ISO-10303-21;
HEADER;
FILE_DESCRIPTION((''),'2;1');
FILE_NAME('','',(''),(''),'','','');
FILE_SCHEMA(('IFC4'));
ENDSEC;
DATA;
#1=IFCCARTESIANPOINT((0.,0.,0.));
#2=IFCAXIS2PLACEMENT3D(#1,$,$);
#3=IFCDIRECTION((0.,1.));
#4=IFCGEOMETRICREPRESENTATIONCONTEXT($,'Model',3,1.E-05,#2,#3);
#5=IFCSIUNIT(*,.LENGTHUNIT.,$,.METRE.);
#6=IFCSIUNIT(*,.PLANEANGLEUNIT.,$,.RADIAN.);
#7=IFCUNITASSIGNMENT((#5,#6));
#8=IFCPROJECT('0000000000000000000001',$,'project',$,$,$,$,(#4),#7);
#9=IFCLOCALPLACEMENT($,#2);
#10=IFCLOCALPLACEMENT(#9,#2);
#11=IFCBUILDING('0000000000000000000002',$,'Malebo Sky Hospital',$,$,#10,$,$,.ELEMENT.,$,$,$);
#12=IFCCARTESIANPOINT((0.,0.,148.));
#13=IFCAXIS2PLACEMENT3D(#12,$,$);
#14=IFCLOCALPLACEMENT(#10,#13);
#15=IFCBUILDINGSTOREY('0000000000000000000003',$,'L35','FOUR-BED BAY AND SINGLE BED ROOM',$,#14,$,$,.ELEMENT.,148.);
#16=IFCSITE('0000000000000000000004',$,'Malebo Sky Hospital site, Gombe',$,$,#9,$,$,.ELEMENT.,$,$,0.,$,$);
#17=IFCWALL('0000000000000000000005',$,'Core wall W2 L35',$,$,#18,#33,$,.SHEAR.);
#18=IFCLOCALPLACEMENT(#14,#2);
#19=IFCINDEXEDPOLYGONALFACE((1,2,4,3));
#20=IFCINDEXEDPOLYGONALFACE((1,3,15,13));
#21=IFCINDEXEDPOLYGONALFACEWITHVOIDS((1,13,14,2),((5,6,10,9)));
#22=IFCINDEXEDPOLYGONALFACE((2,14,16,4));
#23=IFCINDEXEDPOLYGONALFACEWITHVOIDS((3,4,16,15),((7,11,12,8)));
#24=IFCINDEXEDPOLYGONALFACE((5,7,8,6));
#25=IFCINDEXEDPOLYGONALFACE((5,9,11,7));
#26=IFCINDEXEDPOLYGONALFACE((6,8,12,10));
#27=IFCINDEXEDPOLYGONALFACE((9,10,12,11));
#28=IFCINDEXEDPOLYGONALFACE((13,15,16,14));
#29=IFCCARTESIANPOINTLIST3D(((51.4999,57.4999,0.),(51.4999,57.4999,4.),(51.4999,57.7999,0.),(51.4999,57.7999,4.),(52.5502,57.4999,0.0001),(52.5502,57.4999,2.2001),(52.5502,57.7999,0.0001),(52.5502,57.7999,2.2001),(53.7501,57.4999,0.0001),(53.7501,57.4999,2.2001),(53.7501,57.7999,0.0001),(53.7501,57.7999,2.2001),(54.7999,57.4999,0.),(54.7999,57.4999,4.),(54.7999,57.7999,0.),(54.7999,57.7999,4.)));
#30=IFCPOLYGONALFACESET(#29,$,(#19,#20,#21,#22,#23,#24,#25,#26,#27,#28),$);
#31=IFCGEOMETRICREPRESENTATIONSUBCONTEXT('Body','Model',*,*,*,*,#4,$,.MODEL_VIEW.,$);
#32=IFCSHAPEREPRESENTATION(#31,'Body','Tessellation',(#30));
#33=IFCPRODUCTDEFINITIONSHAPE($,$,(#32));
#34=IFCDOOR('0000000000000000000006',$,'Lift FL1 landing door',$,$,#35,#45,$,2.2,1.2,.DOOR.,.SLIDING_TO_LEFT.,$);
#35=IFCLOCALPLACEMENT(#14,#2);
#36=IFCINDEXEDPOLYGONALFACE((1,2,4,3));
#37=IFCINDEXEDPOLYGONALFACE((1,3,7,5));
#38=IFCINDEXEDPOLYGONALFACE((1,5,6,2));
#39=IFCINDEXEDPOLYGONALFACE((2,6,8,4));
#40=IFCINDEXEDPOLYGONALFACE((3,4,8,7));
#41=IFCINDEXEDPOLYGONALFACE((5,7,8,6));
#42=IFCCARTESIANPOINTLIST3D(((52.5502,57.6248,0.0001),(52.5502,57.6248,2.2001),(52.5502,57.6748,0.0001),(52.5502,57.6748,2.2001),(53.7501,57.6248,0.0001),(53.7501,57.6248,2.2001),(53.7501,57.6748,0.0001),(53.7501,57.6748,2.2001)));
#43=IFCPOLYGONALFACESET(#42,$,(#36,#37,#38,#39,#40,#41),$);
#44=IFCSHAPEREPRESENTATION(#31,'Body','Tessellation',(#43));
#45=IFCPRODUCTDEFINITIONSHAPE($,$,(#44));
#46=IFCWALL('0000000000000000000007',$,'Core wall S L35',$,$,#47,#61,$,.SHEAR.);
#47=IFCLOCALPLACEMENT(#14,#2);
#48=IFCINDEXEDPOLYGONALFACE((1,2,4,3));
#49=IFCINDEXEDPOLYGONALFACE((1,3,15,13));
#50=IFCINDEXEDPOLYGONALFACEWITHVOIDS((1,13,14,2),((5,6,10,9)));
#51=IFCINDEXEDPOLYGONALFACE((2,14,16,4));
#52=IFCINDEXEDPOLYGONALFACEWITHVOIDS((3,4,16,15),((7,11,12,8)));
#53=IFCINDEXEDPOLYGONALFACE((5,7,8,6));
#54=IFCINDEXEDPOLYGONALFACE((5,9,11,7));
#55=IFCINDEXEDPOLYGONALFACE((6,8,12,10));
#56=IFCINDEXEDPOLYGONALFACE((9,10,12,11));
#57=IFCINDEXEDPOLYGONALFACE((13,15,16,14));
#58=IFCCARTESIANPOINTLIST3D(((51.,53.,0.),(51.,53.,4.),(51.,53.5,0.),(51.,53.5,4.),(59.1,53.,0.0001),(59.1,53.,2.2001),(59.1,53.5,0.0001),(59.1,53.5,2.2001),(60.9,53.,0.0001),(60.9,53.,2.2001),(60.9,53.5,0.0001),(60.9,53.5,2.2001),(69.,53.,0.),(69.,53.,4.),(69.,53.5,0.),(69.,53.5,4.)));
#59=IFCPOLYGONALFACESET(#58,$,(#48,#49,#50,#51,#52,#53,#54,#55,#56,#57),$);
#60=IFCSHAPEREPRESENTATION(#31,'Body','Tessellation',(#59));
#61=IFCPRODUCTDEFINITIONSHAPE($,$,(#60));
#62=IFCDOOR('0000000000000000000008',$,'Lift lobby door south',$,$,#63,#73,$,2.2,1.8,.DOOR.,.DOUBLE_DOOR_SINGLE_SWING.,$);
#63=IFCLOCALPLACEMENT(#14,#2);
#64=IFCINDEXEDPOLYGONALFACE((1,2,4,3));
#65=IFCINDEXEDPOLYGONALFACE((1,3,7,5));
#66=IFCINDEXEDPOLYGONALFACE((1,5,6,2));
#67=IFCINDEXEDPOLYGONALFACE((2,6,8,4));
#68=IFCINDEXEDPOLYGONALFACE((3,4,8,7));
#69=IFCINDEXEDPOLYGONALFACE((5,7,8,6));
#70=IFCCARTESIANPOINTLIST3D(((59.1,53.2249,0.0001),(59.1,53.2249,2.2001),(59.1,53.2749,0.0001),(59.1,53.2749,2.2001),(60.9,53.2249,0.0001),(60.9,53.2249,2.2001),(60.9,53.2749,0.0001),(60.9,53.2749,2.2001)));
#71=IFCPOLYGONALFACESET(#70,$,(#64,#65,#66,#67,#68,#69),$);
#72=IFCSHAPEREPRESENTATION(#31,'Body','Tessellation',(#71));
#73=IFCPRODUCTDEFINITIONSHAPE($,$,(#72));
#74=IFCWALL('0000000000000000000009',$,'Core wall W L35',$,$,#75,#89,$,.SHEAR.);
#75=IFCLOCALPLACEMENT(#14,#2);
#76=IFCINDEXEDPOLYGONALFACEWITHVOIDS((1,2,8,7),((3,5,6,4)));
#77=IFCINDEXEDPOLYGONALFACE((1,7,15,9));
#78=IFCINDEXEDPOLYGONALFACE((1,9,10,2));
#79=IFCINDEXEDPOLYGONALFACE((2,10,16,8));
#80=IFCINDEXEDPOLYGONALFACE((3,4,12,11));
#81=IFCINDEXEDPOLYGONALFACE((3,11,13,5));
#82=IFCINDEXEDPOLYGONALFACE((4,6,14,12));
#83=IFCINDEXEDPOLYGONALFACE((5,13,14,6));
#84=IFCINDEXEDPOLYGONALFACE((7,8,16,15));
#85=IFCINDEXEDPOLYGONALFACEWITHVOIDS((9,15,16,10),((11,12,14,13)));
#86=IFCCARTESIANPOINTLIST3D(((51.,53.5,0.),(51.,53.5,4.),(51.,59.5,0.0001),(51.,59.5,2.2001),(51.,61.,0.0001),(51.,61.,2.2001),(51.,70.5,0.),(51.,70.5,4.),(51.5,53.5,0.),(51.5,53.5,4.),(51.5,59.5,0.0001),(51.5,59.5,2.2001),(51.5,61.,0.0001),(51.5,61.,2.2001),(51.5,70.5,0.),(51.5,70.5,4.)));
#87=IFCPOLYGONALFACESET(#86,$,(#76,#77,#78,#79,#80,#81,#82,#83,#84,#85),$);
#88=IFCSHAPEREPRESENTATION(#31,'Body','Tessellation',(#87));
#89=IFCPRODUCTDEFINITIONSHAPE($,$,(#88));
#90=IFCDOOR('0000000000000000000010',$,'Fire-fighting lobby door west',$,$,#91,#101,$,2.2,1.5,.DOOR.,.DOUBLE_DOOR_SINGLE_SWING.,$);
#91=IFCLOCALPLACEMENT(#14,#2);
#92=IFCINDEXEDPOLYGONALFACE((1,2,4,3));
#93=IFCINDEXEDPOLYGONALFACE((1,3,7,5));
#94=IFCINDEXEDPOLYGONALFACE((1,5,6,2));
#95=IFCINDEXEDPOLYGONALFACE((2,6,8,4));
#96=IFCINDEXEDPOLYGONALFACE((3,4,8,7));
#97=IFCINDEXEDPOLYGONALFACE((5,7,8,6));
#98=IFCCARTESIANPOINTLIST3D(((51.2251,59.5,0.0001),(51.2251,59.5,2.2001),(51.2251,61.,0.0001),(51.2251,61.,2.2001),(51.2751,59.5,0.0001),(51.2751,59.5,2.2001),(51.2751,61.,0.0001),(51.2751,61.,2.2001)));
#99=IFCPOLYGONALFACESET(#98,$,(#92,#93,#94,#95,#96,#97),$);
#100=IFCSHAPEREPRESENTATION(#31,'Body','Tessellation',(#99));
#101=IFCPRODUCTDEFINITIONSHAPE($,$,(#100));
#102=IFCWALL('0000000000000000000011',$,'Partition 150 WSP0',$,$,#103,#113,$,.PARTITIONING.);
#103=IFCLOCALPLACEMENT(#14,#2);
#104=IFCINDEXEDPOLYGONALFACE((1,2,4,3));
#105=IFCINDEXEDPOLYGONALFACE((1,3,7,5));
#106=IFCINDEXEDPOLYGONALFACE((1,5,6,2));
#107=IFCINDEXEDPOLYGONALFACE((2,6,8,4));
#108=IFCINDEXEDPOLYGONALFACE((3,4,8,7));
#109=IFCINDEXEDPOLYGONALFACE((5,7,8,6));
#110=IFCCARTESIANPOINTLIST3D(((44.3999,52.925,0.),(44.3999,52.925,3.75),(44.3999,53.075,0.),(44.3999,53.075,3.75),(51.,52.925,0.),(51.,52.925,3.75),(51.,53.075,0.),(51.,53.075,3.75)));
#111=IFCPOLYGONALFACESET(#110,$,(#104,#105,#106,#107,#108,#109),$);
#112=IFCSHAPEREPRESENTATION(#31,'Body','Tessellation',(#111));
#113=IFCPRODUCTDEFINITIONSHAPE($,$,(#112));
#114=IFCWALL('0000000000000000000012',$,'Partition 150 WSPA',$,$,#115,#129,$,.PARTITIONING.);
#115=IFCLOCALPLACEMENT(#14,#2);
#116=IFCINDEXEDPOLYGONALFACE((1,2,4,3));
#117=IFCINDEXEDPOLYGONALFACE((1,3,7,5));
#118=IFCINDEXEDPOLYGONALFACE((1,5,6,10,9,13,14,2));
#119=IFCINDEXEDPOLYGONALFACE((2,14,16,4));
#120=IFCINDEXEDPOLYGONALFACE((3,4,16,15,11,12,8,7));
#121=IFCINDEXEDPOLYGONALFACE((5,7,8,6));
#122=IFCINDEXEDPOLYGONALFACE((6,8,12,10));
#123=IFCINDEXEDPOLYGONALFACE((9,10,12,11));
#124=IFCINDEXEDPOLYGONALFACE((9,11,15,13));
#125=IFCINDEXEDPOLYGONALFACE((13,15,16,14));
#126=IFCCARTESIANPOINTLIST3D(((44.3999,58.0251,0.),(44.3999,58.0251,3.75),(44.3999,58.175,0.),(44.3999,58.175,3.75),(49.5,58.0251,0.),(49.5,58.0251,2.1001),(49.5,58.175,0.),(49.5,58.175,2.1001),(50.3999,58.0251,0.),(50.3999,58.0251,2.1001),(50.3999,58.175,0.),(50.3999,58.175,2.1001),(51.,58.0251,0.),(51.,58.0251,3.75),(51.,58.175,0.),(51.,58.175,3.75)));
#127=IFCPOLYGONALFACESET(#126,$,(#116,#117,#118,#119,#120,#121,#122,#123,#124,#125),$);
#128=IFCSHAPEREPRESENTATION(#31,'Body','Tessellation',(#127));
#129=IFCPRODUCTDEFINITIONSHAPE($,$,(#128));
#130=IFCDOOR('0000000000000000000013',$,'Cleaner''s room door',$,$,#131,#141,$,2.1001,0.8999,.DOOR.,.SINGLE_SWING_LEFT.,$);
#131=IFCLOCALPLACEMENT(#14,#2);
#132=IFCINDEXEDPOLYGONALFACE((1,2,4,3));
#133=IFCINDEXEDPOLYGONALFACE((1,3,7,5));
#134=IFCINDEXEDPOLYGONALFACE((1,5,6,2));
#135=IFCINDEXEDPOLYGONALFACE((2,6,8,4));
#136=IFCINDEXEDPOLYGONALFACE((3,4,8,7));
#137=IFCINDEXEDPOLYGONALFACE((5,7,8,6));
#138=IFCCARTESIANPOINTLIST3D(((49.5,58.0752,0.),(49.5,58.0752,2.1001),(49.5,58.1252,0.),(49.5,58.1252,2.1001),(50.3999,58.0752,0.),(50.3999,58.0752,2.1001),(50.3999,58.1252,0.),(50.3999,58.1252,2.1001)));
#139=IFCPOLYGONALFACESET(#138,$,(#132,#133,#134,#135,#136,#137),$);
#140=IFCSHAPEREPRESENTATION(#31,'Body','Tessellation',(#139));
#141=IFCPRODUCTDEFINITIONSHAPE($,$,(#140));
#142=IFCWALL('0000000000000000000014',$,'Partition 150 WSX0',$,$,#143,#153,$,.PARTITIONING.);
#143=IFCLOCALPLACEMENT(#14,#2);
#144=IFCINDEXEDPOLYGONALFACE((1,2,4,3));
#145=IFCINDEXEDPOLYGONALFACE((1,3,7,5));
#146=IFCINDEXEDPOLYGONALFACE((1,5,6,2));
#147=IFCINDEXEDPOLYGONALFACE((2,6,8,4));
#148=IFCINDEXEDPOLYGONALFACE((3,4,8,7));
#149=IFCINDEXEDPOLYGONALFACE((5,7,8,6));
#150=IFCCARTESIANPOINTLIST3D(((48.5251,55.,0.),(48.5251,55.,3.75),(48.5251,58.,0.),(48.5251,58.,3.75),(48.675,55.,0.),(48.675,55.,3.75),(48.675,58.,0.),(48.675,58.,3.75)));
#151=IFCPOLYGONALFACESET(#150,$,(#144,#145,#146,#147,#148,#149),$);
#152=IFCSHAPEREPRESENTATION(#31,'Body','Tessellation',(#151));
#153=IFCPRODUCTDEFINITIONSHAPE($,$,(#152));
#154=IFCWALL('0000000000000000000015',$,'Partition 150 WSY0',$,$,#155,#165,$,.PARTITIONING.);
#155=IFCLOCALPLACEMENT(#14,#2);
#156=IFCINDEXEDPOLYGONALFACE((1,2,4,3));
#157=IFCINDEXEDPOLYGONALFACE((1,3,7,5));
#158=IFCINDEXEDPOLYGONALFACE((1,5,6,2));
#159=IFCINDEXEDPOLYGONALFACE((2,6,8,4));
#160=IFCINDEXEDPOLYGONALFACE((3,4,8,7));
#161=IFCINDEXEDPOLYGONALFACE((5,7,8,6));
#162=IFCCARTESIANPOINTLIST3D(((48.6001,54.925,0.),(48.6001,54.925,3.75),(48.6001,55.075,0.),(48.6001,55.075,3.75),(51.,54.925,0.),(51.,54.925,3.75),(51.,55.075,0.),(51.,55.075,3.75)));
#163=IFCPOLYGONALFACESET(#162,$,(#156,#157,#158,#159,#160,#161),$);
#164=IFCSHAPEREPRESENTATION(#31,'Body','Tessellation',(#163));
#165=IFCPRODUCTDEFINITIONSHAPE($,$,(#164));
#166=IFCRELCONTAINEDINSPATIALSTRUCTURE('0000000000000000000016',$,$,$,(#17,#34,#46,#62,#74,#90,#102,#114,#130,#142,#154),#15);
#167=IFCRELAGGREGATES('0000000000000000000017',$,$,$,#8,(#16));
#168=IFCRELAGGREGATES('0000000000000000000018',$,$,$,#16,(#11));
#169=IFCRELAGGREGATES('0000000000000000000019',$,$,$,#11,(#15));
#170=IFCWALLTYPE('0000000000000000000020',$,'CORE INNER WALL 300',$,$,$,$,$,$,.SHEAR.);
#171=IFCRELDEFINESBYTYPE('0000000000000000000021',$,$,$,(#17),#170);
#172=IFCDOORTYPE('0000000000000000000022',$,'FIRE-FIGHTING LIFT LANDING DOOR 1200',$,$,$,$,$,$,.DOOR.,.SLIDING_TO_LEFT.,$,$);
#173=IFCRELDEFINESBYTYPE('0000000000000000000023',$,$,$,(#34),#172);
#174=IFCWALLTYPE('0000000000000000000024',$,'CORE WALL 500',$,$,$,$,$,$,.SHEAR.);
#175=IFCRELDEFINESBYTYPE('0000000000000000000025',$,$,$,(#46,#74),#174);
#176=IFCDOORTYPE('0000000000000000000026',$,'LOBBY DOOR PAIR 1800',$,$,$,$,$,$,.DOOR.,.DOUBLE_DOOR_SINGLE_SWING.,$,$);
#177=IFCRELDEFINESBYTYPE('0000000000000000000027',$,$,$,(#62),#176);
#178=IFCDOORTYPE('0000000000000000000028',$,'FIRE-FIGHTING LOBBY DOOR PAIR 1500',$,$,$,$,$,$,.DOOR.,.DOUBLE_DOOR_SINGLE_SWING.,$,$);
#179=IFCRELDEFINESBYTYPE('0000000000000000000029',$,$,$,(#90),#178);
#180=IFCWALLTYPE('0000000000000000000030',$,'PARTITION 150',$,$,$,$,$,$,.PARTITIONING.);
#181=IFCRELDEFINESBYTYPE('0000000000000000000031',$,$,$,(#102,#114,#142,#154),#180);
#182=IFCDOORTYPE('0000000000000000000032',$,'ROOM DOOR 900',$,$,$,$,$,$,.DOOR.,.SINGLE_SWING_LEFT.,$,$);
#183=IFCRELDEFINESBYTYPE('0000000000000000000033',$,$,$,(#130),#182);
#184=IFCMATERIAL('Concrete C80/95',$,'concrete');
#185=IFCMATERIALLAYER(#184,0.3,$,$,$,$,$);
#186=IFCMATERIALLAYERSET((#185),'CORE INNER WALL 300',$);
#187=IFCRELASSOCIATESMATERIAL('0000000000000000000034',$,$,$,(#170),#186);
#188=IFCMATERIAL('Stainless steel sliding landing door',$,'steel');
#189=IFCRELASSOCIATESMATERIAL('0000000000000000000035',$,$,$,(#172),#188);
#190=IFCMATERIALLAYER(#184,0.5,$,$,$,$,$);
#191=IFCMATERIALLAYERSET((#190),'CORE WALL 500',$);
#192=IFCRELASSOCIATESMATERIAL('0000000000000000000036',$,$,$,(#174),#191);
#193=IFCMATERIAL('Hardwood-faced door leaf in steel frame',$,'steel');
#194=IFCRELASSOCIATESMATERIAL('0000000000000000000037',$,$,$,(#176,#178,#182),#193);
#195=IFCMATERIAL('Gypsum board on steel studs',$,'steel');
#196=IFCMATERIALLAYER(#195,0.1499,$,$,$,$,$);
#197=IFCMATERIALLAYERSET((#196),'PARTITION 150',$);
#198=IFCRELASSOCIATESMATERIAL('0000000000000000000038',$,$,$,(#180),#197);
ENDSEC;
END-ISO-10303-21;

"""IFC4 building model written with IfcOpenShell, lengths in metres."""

from ifc_helpers import new_model, si_unit, direction, frame, frame_2d, origin, place, context, subcontext, project, spatial, rectangle, extrude, material, layer, layer_set, type_object, element, fill, save


model = new_model("IFC4")

# Units and contexts
model_context = context("Model", 3, precision=1e-05, world=origin(), true_north=direction((0.0, 1.0)))
body_context = subcontext(model_context, "Body", "Model", "MODEL_VIEW")
ifc_project = project(units=[si_unit("LENGTHUNIT", "METRE"), si_unit("PLANEANGLEUNIT", "RADIAN")], contexts=[model_context])

# Site, building, storey
site_placement = place(None, origin())
site = spatial("IfcSite", under=ifc_project, at=site_placement, Name="Malebo Sky Hospital site, Gombe", CompositionType="ELEMENT", RefElevation=0.0)
building_placement = place(site_placement, origin())
building = spatial("IfcBuilding", under=site, at=building_placement, Name="Malebo Sky Hospital", CompositionType="ELEMENT")
storey_placement = place(building_placement, frame((0.0, 0.0, 148.0)))
storey = spatial("IfcBuildingStorey", under=building, at=storey_placement, Name="L35", Description="FOUR-BED BAY AND SINGLE BED ROOM", CompositionType="ELEMENT", Elevation=148.0)

# Shared definitions
ifc_material_1 = material(Name="Concrete C80/95", Category="concrete")
ifc_layer_1 = layer(ifc_material_1, 0.3)
ifc_layer_set_1 = layer_set([ifc_layer_1], Name="CORE INNER WALL 300")
wall_type_1 = type_object("IfcWallType", Name="CORE INNER WALL 300", PredefinedType="SHEAR", material=ifc_layer_set_1)

# Walls, openings, doors
wall_1_placement = place(storey_placement, frame((51.5, 57.6499, 0.0), z_axis=(0.0, 0.0, 1.0), x_axis=(1.0, 0.0, 0.0)))
wall_1 = element("IfcWall", 1, at=wall_1_placement, inside=storey, type_object=wall_type_1, Name="Core wall W2 L35", PredefinedType="SHEAR", context=body_context, shape_type="SweptSolid", body=[
    extrude(rectangle(XDim=3.3, YDim=0.3, at=frame_2d((1.6499, 0.0))), origin(), (0.0, 0.0, 1.0), 4.0),
])
opening_1_placement = place(wall_1_placement, frame((1.05, 0.0, 0.0)))
opening_1 = element("IfcOpeningElement", 2, at=opening_1_placement, cuts=wall_1, PredefinedType="OPENING", context=body_context, shape_type="SweptSolid", body=[
    extrude(rectangle(XDim=1.2, YDim=2.2, at=frame_2d((0.6001, 1.1001))), frame((0.0, 0.1599, 0.0), z_axis=(0.0, -1.0, 0.0), x_axis=(1.0, 0.0, 0.0)), (0.0, 0.0, 1.0), 0.3201),
])
ifc_material_2 = material(Name="Stainless steel sliding landing door", Category="steel")
door_type_1 = type_object("IfcDoorType", Name="FIRE-FIGHTING LIFT LANDING DOOR 1200", OperationType="SLIDING_TO_LEFT", PredefinedType="DOOR", material=ifc_material_2)
door_1_placement = place(opening_1_placement, origin())
door_1 = element("IfcDoor", 3, at=door_1_placement, inside=storey, type_object=door_type_1, Name="Lift FL1 landing door", OperationType="SLIDING_TO_LEFT", OverallHeight=2.2, OverallWidth=1.2, PredefinedType="DOOR", context=body_context, shape_type="SweptSolid", body=[
    extrude(rectangle(XDim=1.2, YDim=2.2, at=frame_2d((0.6001, 1.1001))), frame((0.0, 0.0249, 0.0), z_axis=(0.0, -1.0, 0.0), x_axis=(1.0, 0.0, 0.0)), (0.0, 0.0, 1.0), 0.05),
])
fill(opening_1, door_1)
ifc_layer_2 = layer(ifc_material_1, 0.5)
ifc_layer_set_2 = layer_set([ifc_layer_2], Name="CORE WALL 500")
wall_type_2 = type_object("IfcWallType", Name="CORE WALL 500", PredefinedType="SHEAR", material=ifc_layer_set_2)
wall_2_placement = place(storey_placement, frame((51.0, 53.25, 0.0), z_axis=(0.0, 0.0, 1.0), x_axis=(1.0, 0.0, 0.0)))
wall_2 = element("IfcWall", 4, at=wall_2_placement, inside=storey, type_object=wall_type_2, Name="Core wall S L35", PredefinedType="SHEAR", context=body_context, shape_type="SweptSolid", body=[
    extrude(rectangle(XDim=18.0, YDim=0.5, at=frame_2d((9.0, 0.0))), origin(), (0.0, 0.0, 1.0), 4.0),
])
opening_2_placement = place(wall_2_placement, frame((8.1001, 0.0, 0.0)))
opening_2 = element("IfcOpeningElement", 5, at=opening_2_placement, cuts=wall_2, PredefinedType="OPENING", context=body_context, shape_type="SweptSolid", body=[
    extrude(rectangle(XDim=1.8, YDim=2.2, at=frame_2d((0.8999, 1.1001))), frame((0.0, 0.26, 0.0), z_axis=(0.0, -1.0, 0.0), x_axis=(1.0, 0.0, 0.0)), (0.0, 0.0, 1.0), 0.52),
])
ifc_material_3 = material(Name="Hardwood-faced door leaf in steel frame", Category="steel")
door_type_2 = type_object("IfcDoorType", Name="LOBBY DOOR PAIR 1800", OperationType="DOUBLE_DOOR_SINGLE_SWING", PredefinedType="DOOR", material=ifc_material_3)
door_2_placement = place(opening_2_placement, origin())
door_2 = element("IfcDoor", 6, at=door_2_placement, inside=storey, type_object=door_type_2, Name="Lift lobby door south", OperationType="DOUBLE_DOOR_SINGLE_SWING", OverallHeight=2.2, OverallWidth=1.8, PredefinedType="DOOR", context=body_context, shape_type="SweptSolid", body=[
    extrude(rectangle(XDim=1.8, YDim=2.2, at=frame_2d((0.8999, 1.1001))), frame((0.0, 0.0249, 0.0), z_axis=(0.0, -1.0, 0.0), x_axis=(1.0, 0.0, 0.0)), (0.0, 0.0, 1.0), 0.05),
])
fill(opening_2, door_2)
wall_3_placement = place(storey_placement, frame((51.25, 53.5, 0.0), z_axis=(0.0, 0.0, 1.0), x_axis=(0.0, 1.0, 0.0)))
wall_3 = element("IfcWall", 7, at=wall_3_placement, inside=storey, type_object=wall_type_2, Name="Core wall W L35", PredefinedType="SHEAR", context=body_context, shape_type="SweptSolid", body=[
    extrude(rectangle(XDim=17.0, YDim=0.5, at=frame_2d((8.5, 0.0))), origin(), (0.0, 0.0, 1.0), 4.0),
])
opening_3_placement = place(wall_3_placement, frame((6.0, 0.0, 0.0)))
opening_3 = element("IfcOpeningElement", 8, at=opening_3_placement, cuts=wall_3, PredefinedType="OPENING", context=body_context, shape_type="SweptSolid", body=[
    extrude(rectangle(XDim=1.5, YDim=2.2, at=frame_2d((0.75, 1.1001))), frame((0.0, 0.26, 0.0), z_axis=(0.0, -1.0, 0.0), x_axis=(1.0, 0.0, 0.0)), (0.0, 0.0, 1.0), 0.52),
])
door_type_3 = type_object("IfcDoorType", Name="FIRE-FIGHTING LOBBY DOOR PAIR 1500", OperationType="DOUBLE_DOOR_SINGLE_SWING", PredefinedType="DOOR", material=ifc_material_3)
door_3_placement = place(opening_3_placement, origin())
door_3 = element("IfcDoor", 9, at=door_3_placement, inside=storey, type_object=door_type_3, Name="Fire-fighting lobby door west", OperationType="DOUBLE_DOOR_SINGLE_SWING", OverallHeight=2.2, OverallWidth=1.5, PredefinedType="DOOR", context=body_context, shape_type="SweptSolid", body=[
    extrude(rectangle(XDim=1.5, YDim=2.2, at=frame_2d((0.75, 1.1001))), frame((0.0, 0.0249, 0.0), z_axis=(0.0, -1.0, 0.0), x_axis=(1.0, 0.0, 0.0)), (0.0, 0.0, 1.0), 0.05),
])
fill(opening_3, door_3)

# Wall
ifc_material_4 = material(Name="Gypsum board on steel studs", Category="steel")
ifc_layer_3 = layer(ifc_material_4, 0.1499)
ifc_layer_set_3 = layer_set([ifc_layer_3], Name="PARTITION 150")
wall_type_3 = type_object("IfcWallType", Name="PARTITION 150", PredefinedType="PARTITIONING", material=ifc_layer_set_3)
wall_4_placement = place(storey_placement, frame((51.0, 53.0, 0.0), z_axis=(0.0, 0.0, 1.0), x_axis=(-1.0, 0.0, 0.0)))
element("IfcWall", 10, at=wall_4_placement, inside=storey, type_object=wall_type_3, Name="Partition 150 WSP0", PredefinedType="PARTITIONING", context=body_context, shape_type="SweptSolid", body=[
    extrude(rectangle(XDim=6.6001, YDim=0.1499, at=frame_2d((3.3, 0.0))), origin(), (0.0, 0.0, 1.0), 3.75),
])

# Wall, opening, door
wall_5_placement = place(storey_placement, frame((51.0, 58.1001, 0.0), z_axis=(0.0, 0.0, 1.0), x_axis=(-1.0, 0.0, 0.0)))
wall_5 = element("IfcWall", 11, at=wall_5_placement, inside=storey, type_object=wall_type_3, Name="Partition 150 WSPA", PredefinedType="PARTITIONING", context=body_context, shape_type="SweptSolid", body=[
    extrude(rectangle(XDim=6.6001, YDim=0.1499, at=frame_2d((3.3, 0.0))), origin(), (0.0, 0.0, 1.0), 3.75),
])
opening_4_placement = place(wall_5_placement, frame((0.6001, 0.0, 0.0)))
opening_4 = element("IfcOpeningElement", 12, at=opening_4_placement, cuts=wall_5, PredefinedType="OPENING", context=body_context, shape_type="SweptSolid", body=[
    extrude(rectangle(XDim=0.8999, YDim=2.1001, at=frame_2d((0.45, 1.05))), frame((0.0, 0.085, 0.0), z_axis=(0.0, -1.0, 0.0), x_axis=(1.0, 0.0, 0.0)), (0.0, 0.0, 1.0), 0.1699),
])
door_type_4 = type_object("IfcDoorType", Name="ROOM DOOR 900", OperationType="SINGLE_SWING_LEFT", PredefinedType="DOOR", material=ifc_material_3)
door_4_placement = place(opening_4_placement, origin())
door_4 = element("IfcDoor", 13, at=door_4_placement, inside=storey, type_object=door_type_4, Name="Cleaner's room door", OperationType="SINGLE_SWING_LEFT", OverallHeight=2.1001, OverallWidth=0.8999, PredefinedType="DOOR", context=body_context, shape_type="SweptSolid", body=[
    extrude(rectangle(XDim=0.8999, YDim=2.1001, at=frame_2d((0.45, 1.05))), frame((0.0, 0.0249, 0.0), z_axis=(0.0, -1.0, 0.0), x_axis=(1.0, 0.0, 0.0)), (0.0, 0.0, 1.0), 0.05),
])
fill(opening_4, door_4)

# Walls
wall_6_placement = place(storey_placement, frame((48.6001, 55.0, 0.0), z_axis=(0.0, 0.0, 1.0), x_axis=(0.0, 1.0, 0.0)))
element("IfcWall", 14, at=wall_6_placement, inside=storey, type_object=wall_type_3, Name="Partition 150 WSX0", PredefinedType="PARTITIONING", context=body_context, shape_type="SweptSolid", body=[
    extrude(rectangle(XDim=3.0, YDim=0.1499, at=frame_2d((1.5, 0.0))), origin(), (0.0, 0.0, 1.0), 3.75),
])
wall_7_placement = place(storey_placement, frame((51.0, 55.0, 0.0), z_axis=(0.0, 0.0, 1.0), x_axis=(-1.0, 0.0, 0.0)))
element("IfcWall", 15, at=wall_7_placement, inside=storey, type_object=wall_type_3, Name="Partition 150 WSY0", PredefinedType="PARTITIONING", context=body_context, shape_type="SweptSolid", body=[
    extrude(rectangle(XDim=2.3999, YDim=0.1499, at=frame_2d((1.2, 0.0))), origin(), (0.0, 0.0, 1.0), 3.75),
])

save(model, "model.ifc")
